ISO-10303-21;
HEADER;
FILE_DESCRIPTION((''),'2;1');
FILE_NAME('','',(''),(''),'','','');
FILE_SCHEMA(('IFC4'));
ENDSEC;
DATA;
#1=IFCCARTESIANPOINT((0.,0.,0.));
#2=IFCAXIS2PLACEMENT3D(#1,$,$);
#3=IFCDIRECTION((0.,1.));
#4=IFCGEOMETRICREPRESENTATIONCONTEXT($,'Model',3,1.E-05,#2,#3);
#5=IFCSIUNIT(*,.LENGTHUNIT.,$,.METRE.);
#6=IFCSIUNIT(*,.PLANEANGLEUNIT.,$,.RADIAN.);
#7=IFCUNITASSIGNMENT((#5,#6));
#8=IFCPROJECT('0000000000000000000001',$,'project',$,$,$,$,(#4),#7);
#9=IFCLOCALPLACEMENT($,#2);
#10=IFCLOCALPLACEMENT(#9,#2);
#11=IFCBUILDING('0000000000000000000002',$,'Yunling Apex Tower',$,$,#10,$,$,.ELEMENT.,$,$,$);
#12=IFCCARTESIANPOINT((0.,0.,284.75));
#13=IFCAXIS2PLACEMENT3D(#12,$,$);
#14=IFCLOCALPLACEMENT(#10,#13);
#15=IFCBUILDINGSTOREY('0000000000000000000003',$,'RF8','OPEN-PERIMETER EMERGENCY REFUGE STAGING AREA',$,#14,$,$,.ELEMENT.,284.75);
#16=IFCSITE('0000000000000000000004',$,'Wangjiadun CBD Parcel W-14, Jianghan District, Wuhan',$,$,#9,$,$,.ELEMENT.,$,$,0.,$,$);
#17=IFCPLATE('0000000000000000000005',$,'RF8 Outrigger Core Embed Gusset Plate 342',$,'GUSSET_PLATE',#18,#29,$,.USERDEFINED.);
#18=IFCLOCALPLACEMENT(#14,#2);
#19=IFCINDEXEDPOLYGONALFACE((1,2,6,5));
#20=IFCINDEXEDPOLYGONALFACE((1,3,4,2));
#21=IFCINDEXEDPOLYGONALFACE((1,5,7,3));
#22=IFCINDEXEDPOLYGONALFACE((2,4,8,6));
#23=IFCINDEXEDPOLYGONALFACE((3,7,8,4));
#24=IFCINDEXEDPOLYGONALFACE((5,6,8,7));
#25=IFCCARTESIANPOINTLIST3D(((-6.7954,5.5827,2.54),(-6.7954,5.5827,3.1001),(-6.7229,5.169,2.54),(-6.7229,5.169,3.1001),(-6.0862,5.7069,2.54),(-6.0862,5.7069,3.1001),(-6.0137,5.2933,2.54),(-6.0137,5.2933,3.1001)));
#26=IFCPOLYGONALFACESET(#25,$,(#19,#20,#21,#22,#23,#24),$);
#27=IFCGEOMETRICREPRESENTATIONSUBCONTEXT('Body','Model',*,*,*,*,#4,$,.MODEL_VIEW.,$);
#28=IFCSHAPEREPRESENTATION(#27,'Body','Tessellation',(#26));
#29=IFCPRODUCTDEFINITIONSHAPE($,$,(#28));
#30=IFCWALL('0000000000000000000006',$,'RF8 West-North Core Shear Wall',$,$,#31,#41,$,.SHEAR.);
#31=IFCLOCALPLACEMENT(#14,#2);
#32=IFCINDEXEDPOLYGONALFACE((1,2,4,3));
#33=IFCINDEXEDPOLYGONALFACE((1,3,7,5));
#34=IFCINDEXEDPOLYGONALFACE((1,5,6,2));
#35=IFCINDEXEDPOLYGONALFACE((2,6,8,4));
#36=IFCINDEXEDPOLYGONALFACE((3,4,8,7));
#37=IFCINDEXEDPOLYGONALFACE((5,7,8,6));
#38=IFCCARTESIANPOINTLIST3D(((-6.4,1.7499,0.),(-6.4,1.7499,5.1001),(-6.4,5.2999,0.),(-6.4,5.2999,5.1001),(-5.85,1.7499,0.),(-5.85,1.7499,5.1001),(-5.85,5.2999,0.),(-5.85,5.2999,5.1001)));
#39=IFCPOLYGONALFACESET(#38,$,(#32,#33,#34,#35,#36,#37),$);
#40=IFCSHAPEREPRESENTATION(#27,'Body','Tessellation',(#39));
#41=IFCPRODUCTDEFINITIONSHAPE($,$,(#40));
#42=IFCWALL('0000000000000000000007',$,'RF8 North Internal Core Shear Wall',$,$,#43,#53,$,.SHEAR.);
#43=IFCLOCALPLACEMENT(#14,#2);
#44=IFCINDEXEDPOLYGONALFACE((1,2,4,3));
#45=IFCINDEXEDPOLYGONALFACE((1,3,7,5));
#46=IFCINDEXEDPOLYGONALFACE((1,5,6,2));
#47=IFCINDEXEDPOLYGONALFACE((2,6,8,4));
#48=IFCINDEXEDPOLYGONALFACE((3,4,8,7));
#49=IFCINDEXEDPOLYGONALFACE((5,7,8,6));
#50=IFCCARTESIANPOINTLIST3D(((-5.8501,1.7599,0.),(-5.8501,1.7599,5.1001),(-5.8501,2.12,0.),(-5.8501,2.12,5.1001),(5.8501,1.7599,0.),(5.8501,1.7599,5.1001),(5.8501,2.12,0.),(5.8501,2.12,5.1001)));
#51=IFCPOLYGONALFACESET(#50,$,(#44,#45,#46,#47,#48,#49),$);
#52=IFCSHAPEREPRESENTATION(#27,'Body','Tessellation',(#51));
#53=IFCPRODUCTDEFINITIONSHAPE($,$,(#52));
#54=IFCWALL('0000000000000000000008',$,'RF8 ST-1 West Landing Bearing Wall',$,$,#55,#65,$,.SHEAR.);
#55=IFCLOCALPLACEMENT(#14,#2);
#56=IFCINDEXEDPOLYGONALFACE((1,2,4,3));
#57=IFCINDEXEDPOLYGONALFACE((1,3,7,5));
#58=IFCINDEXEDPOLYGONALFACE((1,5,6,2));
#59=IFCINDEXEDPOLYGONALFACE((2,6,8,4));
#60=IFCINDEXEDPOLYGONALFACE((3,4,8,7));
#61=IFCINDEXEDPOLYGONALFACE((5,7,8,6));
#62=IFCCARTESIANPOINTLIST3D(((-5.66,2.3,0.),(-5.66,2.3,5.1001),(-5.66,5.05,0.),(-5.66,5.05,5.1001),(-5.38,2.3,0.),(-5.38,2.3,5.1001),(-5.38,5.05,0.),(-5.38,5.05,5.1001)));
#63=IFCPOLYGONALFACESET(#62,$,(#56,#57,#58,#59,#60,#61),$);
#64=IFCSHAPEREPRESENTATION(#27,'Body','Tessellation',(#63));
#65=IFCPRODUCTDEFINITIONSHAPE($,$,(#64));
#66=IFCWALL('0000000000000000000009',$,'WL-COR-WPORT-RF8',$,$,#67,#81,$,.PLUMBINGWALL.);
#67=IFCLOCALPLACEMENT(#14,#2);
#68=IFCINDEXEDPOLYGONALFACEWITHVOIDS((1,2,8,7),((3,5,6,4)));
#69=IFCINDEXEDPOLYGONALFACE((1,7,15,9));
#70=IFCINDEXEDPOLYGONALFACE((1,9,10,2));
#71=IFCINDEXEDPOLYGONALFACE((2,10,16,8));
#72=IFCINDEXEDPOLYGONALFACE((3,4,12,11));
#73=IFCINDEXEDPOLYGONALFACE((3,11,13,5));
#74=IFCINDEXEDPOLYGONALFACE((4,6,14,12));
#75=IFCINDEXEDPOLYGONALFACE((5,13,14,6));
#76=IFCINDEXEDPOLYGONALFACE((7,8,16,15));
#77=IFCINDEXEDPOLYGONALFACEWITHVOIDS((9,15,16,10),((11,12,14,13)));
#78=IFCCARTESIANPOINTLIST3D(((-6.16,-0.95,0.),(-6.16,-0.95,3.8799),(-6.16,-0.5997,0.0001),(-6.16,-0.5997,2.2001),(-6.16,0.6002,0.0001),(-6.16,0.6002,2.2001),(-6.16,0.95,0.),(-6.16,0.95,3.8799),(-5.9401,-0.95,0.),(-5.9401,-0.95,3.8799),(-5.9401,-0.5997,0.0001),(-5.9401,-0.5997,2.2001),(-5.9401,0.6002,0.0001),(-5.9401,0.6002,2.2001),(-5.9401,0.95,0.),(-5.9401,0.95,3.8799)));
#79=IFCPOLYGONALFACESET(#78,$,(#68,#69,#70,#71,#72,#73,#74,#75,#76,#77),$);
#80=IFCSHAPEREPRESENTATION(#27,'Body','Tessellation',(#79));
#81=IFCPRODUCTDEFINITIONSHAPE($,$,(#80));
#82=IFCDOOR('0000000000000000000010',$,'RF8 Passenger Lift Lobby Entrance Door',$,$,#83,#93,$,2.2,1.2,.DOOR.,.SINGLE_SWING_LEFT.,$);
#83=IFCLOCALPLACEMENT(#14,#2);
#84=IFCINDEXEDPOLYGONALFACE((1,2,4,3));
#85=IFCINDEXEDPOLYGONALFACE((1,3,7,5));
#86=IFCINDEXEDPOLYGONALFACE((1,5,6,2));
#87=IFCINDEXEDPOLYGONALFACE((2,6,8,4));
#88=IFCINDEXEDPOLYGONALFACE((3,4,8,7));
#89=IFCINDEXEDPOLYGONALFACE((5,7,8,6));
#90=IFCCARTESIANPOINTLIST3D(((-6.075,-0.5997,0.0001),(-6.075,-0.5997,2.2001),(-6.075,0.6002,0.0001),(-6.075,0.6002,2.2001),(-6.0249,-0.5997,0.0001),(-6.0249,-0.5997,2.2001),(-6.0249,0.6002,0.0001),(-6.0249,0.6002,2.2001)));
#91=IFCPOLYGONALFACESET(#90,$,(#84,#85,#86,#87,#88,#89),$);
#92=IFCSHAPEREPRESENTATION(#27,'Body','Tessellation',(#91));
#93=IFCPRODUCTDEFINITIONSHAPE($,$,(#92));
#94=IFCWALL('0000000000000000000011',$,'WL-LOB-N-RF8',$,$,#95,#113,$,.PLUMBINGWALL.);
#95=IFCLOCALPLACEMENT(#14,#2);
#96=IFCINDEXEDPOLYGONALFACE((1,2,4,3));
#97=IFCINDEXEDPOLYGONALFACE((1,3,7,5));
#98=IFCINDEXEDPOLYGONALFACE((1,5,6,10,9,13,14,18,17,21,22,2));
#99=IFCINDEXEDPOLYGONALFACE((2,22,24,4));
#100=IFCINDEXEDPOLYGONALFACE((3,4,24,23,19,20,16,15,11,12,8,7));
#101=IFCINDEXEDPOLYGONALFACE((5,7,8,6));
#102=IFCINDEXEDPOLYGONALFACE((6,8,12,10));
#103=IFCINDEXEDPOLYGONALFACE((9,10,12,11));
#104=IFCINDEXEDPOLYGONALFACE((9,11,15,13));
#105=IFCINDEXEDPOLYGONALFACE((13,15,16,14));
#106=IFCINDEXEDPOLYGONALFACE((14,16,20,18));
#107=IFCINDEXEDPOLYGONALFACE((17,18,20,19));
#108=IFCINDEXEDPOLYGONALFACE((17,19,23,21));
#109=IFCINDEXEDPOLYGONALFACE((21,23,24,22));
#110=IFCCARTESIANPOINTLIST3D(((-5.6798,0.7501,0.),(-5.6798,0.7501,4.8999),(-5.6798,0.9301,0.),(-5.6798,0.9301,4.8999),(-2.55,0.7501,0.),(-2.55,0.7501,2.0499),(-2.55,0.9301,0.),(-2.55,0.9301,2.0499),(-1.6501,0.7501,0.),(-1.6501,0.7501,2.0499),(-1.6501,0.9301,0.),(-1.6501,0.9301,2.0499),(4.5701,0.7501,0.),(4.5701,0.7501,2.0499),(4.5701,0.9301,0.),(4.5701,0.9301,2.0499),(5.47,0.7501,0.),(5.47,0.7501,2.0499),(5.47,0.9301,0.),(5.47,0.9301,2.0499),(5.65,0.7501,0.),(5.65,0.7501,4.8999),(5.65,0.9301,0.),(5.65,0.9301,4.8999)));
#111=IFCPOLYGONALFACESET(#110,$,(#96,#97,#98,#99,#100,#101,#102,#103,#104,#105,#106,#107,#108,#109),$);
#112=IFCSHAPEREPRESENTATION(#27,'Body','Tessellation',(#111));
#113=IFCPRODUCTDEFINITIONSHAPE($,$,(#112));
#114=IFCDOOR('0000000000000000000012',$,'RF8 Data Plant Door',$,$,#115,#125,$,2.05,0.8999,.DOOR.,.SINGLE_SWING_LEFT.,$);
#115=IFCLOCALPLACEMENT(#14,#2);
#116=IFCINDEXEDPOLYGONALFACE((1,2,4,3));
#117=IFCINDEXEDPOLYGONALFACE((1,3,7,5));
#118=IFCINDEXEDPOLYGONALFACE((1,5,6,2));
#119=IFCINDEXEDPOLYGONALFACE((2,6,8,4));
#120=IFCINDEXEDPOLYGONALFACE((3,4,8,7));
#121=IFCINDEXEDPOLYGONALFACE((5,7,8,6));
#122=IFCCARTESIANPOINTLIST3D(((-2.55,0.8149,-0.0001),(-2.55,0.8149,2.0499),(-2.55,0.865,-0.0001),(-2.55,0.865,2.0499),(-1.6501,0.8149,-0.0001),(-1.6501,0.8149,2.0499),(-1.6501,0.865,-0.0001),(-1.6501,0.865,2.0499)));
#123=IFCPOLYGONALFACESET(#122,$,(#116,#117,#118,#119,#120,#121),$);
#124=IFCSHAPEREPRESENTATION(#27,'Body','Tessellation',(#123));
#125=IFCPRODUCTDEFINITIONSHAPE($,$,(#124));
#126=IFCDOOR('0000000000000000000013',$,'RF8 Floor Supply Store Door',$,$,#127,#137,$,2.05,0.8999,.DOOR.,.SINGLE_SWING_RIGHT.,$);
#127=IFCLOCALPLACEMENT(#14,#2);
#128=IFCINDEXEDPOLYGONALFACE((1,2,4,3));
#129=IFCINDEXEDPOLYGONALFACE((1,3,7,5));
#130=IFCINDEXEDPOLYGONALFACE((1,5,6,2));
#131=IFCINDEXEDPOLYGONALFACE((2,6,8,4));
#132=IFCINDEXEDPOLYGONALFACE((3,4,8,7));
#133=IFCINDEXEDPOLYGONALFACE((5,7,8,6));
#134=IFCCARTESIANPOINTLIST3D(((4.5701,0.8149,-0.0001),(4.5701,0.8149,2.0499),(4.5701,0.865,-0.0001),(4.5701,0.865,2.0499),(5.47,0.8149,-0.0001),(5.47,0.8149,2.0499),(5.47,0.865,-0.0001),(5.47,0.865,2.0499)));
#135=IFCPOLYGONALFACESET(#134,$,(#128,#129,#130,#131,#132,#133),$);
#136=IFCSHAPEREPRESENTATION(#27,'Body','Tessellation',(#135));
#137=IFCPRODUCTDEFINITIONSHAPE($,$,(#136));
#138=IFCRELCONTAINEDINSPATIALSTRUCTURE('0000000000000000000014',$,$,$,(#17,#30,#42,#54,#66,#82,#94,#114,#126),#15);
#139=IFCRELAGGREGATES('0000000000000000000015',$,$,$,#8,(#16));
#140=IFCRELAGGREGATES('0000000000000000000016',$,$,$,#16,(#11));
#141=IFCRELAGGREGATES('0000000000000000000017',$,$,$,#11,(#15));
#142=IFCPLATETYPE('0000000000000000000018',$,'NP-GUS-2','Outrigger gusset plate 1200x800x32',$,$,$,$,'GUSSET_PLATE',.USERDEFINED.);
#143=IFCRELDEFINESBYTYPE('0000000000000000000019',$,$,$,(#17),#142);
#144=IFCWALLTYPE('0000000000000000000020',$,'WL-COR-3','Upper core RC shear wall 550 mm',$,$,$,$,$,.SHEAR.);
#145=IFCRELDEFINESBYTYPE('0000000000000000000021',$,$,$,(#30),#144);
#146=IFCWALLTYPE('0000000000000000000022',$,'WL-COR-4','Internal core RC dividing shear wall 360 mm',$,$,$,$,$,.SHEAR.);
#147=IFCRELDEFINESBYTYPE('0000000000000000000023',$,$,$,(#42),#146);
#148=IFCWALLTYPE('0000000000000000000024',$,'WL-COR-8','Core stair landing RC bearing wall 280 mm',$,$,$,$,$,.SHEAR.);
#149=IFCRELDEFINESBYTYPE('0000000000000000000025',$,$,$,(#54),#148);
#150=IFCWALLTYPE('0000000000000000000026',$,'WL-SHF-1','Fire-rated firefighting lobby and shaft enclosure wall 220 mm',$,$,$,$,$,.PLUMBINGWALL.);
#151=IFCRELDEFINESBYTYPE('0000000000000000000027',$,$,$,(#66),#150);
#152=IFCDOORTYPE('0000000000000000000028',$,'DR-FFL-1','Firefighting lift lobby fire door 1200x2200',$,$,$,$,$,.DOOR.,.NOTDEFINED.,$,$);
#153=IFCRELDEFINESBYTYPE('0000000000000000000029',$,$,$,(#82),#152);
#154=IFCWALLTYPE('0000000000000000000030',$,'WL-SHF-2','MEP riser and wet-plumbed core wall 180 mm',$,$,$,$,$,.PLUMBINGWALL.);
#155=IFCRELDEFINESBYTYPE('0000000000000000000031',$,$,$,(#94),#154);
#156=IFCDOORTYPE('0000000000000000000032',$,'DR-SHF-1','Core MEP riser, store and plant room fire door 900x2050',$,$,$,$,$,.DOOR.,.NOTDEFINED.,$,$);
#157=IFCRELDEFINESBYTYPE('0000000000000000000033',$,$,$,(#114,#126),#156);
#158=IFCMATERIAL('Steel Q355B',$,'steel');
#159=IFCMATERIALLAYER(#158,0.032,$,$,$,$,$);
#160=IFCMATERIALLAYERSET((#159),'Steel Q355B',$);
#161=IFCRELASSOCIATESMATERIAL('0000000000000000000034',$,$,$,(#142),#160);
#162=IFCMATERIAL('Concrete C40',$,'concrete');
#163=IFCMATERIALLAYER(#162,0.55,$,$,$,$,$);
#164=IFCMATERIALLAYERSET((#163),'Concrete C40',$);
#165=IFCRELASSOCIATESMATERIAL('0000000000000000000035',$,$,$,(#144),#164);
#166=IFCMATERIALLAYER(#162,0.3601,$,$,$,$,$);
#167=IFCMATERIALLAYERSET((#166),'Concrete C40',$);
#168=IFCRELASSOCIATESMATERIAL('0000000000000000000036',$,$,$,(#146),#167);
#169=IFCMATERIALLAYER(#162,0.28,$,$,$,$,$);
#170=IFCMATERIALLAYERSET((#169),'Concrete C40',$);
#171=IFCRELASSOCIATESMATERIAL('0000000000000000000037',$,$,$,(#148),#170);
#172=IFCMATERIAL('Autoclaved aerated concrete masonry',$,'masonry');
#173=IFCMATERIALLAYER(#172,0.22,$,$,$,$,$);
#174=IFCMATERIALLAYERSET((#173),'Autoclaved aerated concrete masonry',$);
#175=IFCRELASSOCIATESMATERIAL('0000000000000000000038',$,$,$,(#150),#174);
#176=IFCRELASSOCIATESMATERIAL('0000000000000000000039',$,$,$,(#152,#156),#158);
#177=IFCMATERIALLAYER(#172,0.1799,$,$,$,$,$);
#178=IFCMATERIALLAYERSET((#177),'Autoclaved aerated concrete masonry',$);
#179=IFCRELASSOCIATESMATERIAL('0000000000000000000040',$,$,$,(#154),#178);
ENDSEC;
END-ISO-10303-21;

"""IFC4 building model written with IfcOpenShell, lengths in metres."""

from ifc_helpers import new_model, si_unit, direction, frame, frame_2d, origin, origin_2d, place, context, subcontext, project, spatial, rectangle, extrude, source, transform, mapped, material, layer, layer_set, type_object, element, fill, save


model = new_model("IFC4")

# Units and contexts
model_context = context("Model", 3, precision=1e-05, world=origin(), true_north=direction((0.0, 1.0)))
body_context = subcontext(model_context, "Body", "Model", "MODEL_VIEW")
ifc_project = project(units=[si_unit("LENGTHUNIT", "METRE"), si_unit("PLANEANGLEUNIT", "RADIAN")], contexts=[model_context])

# Site, building, storey
site_placement = place(None, origin())
site = spatial("IfcSite", under=ifc_project, at=site_placement, Name="Wangjiadun CBD Parcel W-14, Jianghan District, Wuhan", CompositionType="ELEMENT", RefElevation=0.0)
building_placement = place(site_placement, origin())
building = spatial("IfcBuilding", under=site, at=building_placement, Name="Yunling Apex Tower", CompositionType="ELEMENT")
storey_placement = place(building_placement, frame((0.0, 0.0, 284.75)))
storey = spatial("IfcBuildingStorey", under=building, at=storey_placement, Name="RF8", Description="OPEN-PERIMETER EMERGENCY REFUGE STAGING AREA", CompositionType="ELEMENT", Elevation=284.75)

# Shared definitions
ifc_material_1 = material(Name="Steel Q355B", Category="steel")

# Plate
ifc_layer_1 = layer(ifc_material_1, 0.032)
ifc_layer_set_1 = layer_set([ifc_layer_1], Name="Steel Q355B")
plate_type = type_object("IfcPlateType", Name="NP-GUS-2", Description="Outrigger gusset plate 1200x800x32", ElementType="GUSSET_PLATE", PredefinedType="USERDEFINED", material=ifc_layer_set_1)
shared_shape_1 = source(origin(), body_context, "Body", "SweptSolid", [
    extrude(rectangle(XDim=0.72, YDim=0.4199, at=origin_2d()), origin(), (0.0, 0.0, 1.0), 0.5601),
])
plate_placement = place(storey_placement, frame((-6.4045, 5.438, 2.54), z_axis=(0.0, 0.0, 1.0), x_axis=(-0.984989, -0.172617, 0.0)))
element("IfcPlate", 1, at=plate_placement, inside=storey, type_object=plate_type, Name="RF8 Outrigger Core Embed Gusset Plate 342", ObjectType="GUSSET_PLATE", PredefinedType="USERDEFINED", context=body_context, shape_type="MappedRepresentation", body=[
    mapped(shared_shape_1, transform((0.0, 0.0, 0.0), scale=1.0)),
])

# Walls
ifc_material_2 = material(Name="Concrete C40", Category="concrete")
ifc_layer_2 = layer(ifc_material_2, 0.55)
ifc_layer_set_2 = layer_set([ifc_layer_2], Name="Concrete C40")
wall_type_1 = type_object("IfcWallType", Name="WL-COR-3", Description="Upper core RC shear wall 550 mm", PredefinedType="SHEAR", material=ifc_layer_set_2)
wall_1_placement = place(storey_placement, frame((-6.125, 1.75, 0.0), z_axis=(0.0, 0.0, 1.0), x_axis=(0.0, 1.0, 0.0)))
element("IfcWall", 2, at=wall_1_placement, inside=storey, type_object=wall_type_1, Name="RF8 West-North Core Shear Wall", PredefinedType="SHEAR", context=body_context, shape_type="SweptSolid", body=[
    extrude(rectangle(XDim=3.55, YDim=0.55, at=frame_2d((1.7749, 0.0))), origin(), (0.0, 0.0, 1.0), 5.1001),
])
ifc_layer_3 = layer(ifc_material_2, 0.3601)
ifc_layer_set_3 = layer_set([ifc_layer_3], Name="Concrete C40")
wall_type_2 = type_object("IfcWallType", Name="WL-COR-4", Description="Internal core RC dividing shear wall 360 mm", PredefinedType="SHEAR", material=ifc_layer_set_3)
wall_2_placement = place(storey_placement, frame((-5.8501, 1.9399, 0.0), z_axis=(0.0, 0.0, 1.0), x_axis=(1.0, 0.0, 0.0)))
element("IfcWall", 3, at=wall_2_placement, inside=storey, type_object=wall_type_2, Name="RF8 North Internal Core Shear Wall", PredefinedType="SHEAR", context=body_context, shape_type="SweptSolid", body=[
    extrude(rectangle(XDim=11.7002, YDim=0.3601, at=frame_2d((5.8501, 0.0))), origin(), (0.0, 0.0, 1.0), 5.1001),
])
ifc_layer_4 = layer(ifc_material_2, 0.28)
ifc_layer_set_4 = layer_set([ifc_layer_4], Name="Concrete C40")
wall_type_3 = type_object("IfcWallType", Name="WL-COR-8", Description="Core stair landing RC bearing wall 280 mm", PredefinedType="SHEAR", material=ifc_layer_set_4)
wall_3_placement = place(storey_placement, frame((-5.52, 2.3, 0.0), z_axis=(0.0, 0.0, 1.0), x_axis=(0.0, 1.0, 0.0)))
element("IfcWall", 4, at=wall_3_placement, inside=storey, type_object=wall_type_3, Name="RF8 ST-1 West Landing Bearing Wall", PredefinedType="SHEAR", context=body_context, shape_type="SweptSolid", body=[
    extrude(rectangle(XDim=2.75, YDim=0.28, at=frame_2d((1.375, 0.0))), origin(), (0.0, 0.0, 1.0), 5.1001),
])

# Wall, opening, door
ifc_material_3 = material(Name="Autoclaved aerated concrete masonry", Category="masonry")
ifc_layer_5 = layer(ifc_material_3, 0.22)
ifc_layer_set_5 = layer_set([ifc_layer_5], Name="Autoclaved aerated concrete masonry")
wall_type_4 = type_object("IfcWallType", Name="WL-SHF-1", Description="Fire-rated firefighting lobby and shaft enclosure wall 220 mm", PredefinedType="PLUMBINGWALL", material=ifc_layer_set_5)
wall_4_placement = place(storey_placement, frame((-6.05, -0.95, 0.0), z_axis=(0.0, 0.0, 1.0), x_axis=(0.0, 1.0, 0.0)))
wall_4 = element("IfcWall", 5, at=wall_4_placement, inside=storey, type_object=wall_type_4, Name="WL-COR-WPORT-RF8", PredefinedType="PLUMBINGWALL", context=body_context, shape_type="SweptSolid", body=[
    extrude(rectangle(XDim=1.8999, YDim=0.22, at=frame_2d((0.95, 0.0))), origin(), (0.0, 0.0, 1.0), 3.8799),
])
opening_1_placement = place(wall_4_placement, frame((0.3501, 0.0, 0.0)))
opening_1 = element("IfcOpeningElement", 6, at=opening_1_placement, cuts=wall_4, PredefinedType="OPENING", context=body_context, shape_type="SweptSolid", body=[
    extrude(rectangle(XDim=1.2, YDim=2.2, at=frame_2d((0.6001, 1.1001))), frame((0.0, 0.1201, 0.0), z_axis=(0.0, -1.0, 0.0), x_axis=(1.0, 0.0, 0.0)), (0.0, 0.0, 1.0), 0.24),
])
door_type_1 = type_object("IfcDoorType", Name="DR-FFL-1", Description="Firefighting lift lobby fire door 1200x2200", OperationType="NOTDEFINED", PredefinedType="DOOR", material=ifc_material_1)
door_1_placement = place(opening_1_placement, origin())
door_1 = element("IfcDoor", 7, at=door_1_placement, inside=storey, type_object=door_type_1, Name="RF8 Passenger Lift Lobby Entrance Door", OperationType="SINGLE_SWING_LEFT", OverallHeight=2.2, OverallWidth=1.2, PredefinedType="DOOR", context=body_context, shape_type="SweptSolid", body=[
    extrude(rectangle(XDim=1.2, YDim=2.2, at=frame_2d((0.6001, 1.1001))), frame((0.0, 0.0249, 0.0), z_axis=(0.0, -1.0, 0.0), x_axis=(1.0, 0.0, 0.0)), (0.0, 0.0, 1.0), 0.05),
])
fill(opening_1, door_1)

# Wall, openings, doors
ifc_layer_6 = layer(ifc_material_3, 0.1799)
ifc_layer_set_6 = layer_set([ifc_layer_6], Name="Autoclaved aerated concrete masonry")
wall_type_5 = type_object("IfcWallType", Name="WL-SHF-2", Description="MEP riser and wet-plumbed core wall 180 mm", PredefinedType="PLUMBINGWALL", material=ifc_layer_set_6)
wall_5_placement = place(storey_placement, frame((-5.6799, 0.8401, 0.0), z_axis=(0.0, 0.0, 1.0), x_axis=(1.0, 0.0, 0.0)))
wall_5 = element("IfcWall", 8, at=wall_5_placement, inside=storey, type_object=wall_type_5, Name="WL-LOB-N-RF8", PredefinedType="PLUMBINGWALL", context=body_context, shape_type="SweptSolid", body=[
    extrude(rectangle(XDim=11.3298, YDim=0.1799, at=frame_2d((5.665, 0.0))), origin(), (0.0, 0.0, 1.0), 4.8999),
])
opening_2_placement = place(wall_5_placement, frame((3.1299, 0.0, 0.0)))
opening_2 = element("IfcOpeningElement", 9, at=opening_2_placement, cuts=wall_5, PredefinedType="OPENING", context=body_context, shape_type="SweptSolid", body=[
    extrude(rectangle(XDim=0.8999, YDim=2.05, at=frame_2d((0.45, 1.0249))), frame((0.0, 0.1001, 0.0), z_axis=(0.0, -1.0, 0.0), x_axis=(1.0, 0.0, 0.0)), (0.0, 0.0, 1.0), 0.2),
])
opening_3_placement = place(wall_5_placement, frame((10.25, 0.0, 0.0)))
opening_3 = element("IfcOpeningElement", 10, at=opening_3_placement, cuts=wall_5, PredefinedType="OPENING", context=body_context, shape_type="SweptSolid", body=[
    extrude(rectangle(XDim=0.8999, YDim=2.05, at=frame_2d((0.45, 1.0249))), frame((0.0, 0.1001, 0.0), z_axis=(0.0, -1.0, 0.0), x_axis=(1.0, 0.0, 0.0)), (0.0, 0.0, 1.0), 0.2),
])
door_type_2 = type_object("IfcDoorType", Name="DR-SHF-1", Description="Core MEP riser, store and plant room fire door 900x2050", OperationType="NOTDEFINED", PredefinedType="DOOR", material=ifc_material_1)
door_2_placement = place(opening_2_placement, origin())
door_2 = element("IfcDoor", 11, at=door_2_placement, inside=storey, type_object=door_type_2, Name="RF8 Data Plant Door", OperationType="SINGLE_SWING_LEFT", OverallHeight=2.05, OverallWidth=0.8999, PredefinedType="DOOR", context=body_context, shape_type="SweptSolid", body=[
    extrude(rectangle(XDim=0.8999, YDim=2.05, at=frame_2d((0.45, 1.0249))), frame((0.0, 0.0249, 0.0), z_axis=(0.0, -1.0, 0.0), x_axis=(1.0, 0.0, 0.0)), (0.0, 0.0, 1.0), 0.05),
])
fill(opening_2, door_2)
door_3_placement = place(opening_3_placement, origin())
door_3 = element("IfcDoor", 12, at=door_3_placement, inside=storey, type_object=door_type_2, Name="RF8 Floor Supply Store Door", OperationType="SINGLE_SWING_RIGHT", OverallHeight=2.05, OverallWidth=0.8999, PredefinedType="DOOR", context=body_context, shape_type="SweptSolid", body=[
    extrude(rectangle(XDim=0.8999, YDim=2.05, at=frame_2d((0.45, 1.0249))), frame((0.0, 0.0249, 0.0), z_axis=(0.0, -1.0, 0.0), x_axis=(1.0, 0.0, 0.0)), (0.0, 0.0, 1.0), 0.05),
])
fill(opening_3, door_3)

save(model, "model.ifc")
